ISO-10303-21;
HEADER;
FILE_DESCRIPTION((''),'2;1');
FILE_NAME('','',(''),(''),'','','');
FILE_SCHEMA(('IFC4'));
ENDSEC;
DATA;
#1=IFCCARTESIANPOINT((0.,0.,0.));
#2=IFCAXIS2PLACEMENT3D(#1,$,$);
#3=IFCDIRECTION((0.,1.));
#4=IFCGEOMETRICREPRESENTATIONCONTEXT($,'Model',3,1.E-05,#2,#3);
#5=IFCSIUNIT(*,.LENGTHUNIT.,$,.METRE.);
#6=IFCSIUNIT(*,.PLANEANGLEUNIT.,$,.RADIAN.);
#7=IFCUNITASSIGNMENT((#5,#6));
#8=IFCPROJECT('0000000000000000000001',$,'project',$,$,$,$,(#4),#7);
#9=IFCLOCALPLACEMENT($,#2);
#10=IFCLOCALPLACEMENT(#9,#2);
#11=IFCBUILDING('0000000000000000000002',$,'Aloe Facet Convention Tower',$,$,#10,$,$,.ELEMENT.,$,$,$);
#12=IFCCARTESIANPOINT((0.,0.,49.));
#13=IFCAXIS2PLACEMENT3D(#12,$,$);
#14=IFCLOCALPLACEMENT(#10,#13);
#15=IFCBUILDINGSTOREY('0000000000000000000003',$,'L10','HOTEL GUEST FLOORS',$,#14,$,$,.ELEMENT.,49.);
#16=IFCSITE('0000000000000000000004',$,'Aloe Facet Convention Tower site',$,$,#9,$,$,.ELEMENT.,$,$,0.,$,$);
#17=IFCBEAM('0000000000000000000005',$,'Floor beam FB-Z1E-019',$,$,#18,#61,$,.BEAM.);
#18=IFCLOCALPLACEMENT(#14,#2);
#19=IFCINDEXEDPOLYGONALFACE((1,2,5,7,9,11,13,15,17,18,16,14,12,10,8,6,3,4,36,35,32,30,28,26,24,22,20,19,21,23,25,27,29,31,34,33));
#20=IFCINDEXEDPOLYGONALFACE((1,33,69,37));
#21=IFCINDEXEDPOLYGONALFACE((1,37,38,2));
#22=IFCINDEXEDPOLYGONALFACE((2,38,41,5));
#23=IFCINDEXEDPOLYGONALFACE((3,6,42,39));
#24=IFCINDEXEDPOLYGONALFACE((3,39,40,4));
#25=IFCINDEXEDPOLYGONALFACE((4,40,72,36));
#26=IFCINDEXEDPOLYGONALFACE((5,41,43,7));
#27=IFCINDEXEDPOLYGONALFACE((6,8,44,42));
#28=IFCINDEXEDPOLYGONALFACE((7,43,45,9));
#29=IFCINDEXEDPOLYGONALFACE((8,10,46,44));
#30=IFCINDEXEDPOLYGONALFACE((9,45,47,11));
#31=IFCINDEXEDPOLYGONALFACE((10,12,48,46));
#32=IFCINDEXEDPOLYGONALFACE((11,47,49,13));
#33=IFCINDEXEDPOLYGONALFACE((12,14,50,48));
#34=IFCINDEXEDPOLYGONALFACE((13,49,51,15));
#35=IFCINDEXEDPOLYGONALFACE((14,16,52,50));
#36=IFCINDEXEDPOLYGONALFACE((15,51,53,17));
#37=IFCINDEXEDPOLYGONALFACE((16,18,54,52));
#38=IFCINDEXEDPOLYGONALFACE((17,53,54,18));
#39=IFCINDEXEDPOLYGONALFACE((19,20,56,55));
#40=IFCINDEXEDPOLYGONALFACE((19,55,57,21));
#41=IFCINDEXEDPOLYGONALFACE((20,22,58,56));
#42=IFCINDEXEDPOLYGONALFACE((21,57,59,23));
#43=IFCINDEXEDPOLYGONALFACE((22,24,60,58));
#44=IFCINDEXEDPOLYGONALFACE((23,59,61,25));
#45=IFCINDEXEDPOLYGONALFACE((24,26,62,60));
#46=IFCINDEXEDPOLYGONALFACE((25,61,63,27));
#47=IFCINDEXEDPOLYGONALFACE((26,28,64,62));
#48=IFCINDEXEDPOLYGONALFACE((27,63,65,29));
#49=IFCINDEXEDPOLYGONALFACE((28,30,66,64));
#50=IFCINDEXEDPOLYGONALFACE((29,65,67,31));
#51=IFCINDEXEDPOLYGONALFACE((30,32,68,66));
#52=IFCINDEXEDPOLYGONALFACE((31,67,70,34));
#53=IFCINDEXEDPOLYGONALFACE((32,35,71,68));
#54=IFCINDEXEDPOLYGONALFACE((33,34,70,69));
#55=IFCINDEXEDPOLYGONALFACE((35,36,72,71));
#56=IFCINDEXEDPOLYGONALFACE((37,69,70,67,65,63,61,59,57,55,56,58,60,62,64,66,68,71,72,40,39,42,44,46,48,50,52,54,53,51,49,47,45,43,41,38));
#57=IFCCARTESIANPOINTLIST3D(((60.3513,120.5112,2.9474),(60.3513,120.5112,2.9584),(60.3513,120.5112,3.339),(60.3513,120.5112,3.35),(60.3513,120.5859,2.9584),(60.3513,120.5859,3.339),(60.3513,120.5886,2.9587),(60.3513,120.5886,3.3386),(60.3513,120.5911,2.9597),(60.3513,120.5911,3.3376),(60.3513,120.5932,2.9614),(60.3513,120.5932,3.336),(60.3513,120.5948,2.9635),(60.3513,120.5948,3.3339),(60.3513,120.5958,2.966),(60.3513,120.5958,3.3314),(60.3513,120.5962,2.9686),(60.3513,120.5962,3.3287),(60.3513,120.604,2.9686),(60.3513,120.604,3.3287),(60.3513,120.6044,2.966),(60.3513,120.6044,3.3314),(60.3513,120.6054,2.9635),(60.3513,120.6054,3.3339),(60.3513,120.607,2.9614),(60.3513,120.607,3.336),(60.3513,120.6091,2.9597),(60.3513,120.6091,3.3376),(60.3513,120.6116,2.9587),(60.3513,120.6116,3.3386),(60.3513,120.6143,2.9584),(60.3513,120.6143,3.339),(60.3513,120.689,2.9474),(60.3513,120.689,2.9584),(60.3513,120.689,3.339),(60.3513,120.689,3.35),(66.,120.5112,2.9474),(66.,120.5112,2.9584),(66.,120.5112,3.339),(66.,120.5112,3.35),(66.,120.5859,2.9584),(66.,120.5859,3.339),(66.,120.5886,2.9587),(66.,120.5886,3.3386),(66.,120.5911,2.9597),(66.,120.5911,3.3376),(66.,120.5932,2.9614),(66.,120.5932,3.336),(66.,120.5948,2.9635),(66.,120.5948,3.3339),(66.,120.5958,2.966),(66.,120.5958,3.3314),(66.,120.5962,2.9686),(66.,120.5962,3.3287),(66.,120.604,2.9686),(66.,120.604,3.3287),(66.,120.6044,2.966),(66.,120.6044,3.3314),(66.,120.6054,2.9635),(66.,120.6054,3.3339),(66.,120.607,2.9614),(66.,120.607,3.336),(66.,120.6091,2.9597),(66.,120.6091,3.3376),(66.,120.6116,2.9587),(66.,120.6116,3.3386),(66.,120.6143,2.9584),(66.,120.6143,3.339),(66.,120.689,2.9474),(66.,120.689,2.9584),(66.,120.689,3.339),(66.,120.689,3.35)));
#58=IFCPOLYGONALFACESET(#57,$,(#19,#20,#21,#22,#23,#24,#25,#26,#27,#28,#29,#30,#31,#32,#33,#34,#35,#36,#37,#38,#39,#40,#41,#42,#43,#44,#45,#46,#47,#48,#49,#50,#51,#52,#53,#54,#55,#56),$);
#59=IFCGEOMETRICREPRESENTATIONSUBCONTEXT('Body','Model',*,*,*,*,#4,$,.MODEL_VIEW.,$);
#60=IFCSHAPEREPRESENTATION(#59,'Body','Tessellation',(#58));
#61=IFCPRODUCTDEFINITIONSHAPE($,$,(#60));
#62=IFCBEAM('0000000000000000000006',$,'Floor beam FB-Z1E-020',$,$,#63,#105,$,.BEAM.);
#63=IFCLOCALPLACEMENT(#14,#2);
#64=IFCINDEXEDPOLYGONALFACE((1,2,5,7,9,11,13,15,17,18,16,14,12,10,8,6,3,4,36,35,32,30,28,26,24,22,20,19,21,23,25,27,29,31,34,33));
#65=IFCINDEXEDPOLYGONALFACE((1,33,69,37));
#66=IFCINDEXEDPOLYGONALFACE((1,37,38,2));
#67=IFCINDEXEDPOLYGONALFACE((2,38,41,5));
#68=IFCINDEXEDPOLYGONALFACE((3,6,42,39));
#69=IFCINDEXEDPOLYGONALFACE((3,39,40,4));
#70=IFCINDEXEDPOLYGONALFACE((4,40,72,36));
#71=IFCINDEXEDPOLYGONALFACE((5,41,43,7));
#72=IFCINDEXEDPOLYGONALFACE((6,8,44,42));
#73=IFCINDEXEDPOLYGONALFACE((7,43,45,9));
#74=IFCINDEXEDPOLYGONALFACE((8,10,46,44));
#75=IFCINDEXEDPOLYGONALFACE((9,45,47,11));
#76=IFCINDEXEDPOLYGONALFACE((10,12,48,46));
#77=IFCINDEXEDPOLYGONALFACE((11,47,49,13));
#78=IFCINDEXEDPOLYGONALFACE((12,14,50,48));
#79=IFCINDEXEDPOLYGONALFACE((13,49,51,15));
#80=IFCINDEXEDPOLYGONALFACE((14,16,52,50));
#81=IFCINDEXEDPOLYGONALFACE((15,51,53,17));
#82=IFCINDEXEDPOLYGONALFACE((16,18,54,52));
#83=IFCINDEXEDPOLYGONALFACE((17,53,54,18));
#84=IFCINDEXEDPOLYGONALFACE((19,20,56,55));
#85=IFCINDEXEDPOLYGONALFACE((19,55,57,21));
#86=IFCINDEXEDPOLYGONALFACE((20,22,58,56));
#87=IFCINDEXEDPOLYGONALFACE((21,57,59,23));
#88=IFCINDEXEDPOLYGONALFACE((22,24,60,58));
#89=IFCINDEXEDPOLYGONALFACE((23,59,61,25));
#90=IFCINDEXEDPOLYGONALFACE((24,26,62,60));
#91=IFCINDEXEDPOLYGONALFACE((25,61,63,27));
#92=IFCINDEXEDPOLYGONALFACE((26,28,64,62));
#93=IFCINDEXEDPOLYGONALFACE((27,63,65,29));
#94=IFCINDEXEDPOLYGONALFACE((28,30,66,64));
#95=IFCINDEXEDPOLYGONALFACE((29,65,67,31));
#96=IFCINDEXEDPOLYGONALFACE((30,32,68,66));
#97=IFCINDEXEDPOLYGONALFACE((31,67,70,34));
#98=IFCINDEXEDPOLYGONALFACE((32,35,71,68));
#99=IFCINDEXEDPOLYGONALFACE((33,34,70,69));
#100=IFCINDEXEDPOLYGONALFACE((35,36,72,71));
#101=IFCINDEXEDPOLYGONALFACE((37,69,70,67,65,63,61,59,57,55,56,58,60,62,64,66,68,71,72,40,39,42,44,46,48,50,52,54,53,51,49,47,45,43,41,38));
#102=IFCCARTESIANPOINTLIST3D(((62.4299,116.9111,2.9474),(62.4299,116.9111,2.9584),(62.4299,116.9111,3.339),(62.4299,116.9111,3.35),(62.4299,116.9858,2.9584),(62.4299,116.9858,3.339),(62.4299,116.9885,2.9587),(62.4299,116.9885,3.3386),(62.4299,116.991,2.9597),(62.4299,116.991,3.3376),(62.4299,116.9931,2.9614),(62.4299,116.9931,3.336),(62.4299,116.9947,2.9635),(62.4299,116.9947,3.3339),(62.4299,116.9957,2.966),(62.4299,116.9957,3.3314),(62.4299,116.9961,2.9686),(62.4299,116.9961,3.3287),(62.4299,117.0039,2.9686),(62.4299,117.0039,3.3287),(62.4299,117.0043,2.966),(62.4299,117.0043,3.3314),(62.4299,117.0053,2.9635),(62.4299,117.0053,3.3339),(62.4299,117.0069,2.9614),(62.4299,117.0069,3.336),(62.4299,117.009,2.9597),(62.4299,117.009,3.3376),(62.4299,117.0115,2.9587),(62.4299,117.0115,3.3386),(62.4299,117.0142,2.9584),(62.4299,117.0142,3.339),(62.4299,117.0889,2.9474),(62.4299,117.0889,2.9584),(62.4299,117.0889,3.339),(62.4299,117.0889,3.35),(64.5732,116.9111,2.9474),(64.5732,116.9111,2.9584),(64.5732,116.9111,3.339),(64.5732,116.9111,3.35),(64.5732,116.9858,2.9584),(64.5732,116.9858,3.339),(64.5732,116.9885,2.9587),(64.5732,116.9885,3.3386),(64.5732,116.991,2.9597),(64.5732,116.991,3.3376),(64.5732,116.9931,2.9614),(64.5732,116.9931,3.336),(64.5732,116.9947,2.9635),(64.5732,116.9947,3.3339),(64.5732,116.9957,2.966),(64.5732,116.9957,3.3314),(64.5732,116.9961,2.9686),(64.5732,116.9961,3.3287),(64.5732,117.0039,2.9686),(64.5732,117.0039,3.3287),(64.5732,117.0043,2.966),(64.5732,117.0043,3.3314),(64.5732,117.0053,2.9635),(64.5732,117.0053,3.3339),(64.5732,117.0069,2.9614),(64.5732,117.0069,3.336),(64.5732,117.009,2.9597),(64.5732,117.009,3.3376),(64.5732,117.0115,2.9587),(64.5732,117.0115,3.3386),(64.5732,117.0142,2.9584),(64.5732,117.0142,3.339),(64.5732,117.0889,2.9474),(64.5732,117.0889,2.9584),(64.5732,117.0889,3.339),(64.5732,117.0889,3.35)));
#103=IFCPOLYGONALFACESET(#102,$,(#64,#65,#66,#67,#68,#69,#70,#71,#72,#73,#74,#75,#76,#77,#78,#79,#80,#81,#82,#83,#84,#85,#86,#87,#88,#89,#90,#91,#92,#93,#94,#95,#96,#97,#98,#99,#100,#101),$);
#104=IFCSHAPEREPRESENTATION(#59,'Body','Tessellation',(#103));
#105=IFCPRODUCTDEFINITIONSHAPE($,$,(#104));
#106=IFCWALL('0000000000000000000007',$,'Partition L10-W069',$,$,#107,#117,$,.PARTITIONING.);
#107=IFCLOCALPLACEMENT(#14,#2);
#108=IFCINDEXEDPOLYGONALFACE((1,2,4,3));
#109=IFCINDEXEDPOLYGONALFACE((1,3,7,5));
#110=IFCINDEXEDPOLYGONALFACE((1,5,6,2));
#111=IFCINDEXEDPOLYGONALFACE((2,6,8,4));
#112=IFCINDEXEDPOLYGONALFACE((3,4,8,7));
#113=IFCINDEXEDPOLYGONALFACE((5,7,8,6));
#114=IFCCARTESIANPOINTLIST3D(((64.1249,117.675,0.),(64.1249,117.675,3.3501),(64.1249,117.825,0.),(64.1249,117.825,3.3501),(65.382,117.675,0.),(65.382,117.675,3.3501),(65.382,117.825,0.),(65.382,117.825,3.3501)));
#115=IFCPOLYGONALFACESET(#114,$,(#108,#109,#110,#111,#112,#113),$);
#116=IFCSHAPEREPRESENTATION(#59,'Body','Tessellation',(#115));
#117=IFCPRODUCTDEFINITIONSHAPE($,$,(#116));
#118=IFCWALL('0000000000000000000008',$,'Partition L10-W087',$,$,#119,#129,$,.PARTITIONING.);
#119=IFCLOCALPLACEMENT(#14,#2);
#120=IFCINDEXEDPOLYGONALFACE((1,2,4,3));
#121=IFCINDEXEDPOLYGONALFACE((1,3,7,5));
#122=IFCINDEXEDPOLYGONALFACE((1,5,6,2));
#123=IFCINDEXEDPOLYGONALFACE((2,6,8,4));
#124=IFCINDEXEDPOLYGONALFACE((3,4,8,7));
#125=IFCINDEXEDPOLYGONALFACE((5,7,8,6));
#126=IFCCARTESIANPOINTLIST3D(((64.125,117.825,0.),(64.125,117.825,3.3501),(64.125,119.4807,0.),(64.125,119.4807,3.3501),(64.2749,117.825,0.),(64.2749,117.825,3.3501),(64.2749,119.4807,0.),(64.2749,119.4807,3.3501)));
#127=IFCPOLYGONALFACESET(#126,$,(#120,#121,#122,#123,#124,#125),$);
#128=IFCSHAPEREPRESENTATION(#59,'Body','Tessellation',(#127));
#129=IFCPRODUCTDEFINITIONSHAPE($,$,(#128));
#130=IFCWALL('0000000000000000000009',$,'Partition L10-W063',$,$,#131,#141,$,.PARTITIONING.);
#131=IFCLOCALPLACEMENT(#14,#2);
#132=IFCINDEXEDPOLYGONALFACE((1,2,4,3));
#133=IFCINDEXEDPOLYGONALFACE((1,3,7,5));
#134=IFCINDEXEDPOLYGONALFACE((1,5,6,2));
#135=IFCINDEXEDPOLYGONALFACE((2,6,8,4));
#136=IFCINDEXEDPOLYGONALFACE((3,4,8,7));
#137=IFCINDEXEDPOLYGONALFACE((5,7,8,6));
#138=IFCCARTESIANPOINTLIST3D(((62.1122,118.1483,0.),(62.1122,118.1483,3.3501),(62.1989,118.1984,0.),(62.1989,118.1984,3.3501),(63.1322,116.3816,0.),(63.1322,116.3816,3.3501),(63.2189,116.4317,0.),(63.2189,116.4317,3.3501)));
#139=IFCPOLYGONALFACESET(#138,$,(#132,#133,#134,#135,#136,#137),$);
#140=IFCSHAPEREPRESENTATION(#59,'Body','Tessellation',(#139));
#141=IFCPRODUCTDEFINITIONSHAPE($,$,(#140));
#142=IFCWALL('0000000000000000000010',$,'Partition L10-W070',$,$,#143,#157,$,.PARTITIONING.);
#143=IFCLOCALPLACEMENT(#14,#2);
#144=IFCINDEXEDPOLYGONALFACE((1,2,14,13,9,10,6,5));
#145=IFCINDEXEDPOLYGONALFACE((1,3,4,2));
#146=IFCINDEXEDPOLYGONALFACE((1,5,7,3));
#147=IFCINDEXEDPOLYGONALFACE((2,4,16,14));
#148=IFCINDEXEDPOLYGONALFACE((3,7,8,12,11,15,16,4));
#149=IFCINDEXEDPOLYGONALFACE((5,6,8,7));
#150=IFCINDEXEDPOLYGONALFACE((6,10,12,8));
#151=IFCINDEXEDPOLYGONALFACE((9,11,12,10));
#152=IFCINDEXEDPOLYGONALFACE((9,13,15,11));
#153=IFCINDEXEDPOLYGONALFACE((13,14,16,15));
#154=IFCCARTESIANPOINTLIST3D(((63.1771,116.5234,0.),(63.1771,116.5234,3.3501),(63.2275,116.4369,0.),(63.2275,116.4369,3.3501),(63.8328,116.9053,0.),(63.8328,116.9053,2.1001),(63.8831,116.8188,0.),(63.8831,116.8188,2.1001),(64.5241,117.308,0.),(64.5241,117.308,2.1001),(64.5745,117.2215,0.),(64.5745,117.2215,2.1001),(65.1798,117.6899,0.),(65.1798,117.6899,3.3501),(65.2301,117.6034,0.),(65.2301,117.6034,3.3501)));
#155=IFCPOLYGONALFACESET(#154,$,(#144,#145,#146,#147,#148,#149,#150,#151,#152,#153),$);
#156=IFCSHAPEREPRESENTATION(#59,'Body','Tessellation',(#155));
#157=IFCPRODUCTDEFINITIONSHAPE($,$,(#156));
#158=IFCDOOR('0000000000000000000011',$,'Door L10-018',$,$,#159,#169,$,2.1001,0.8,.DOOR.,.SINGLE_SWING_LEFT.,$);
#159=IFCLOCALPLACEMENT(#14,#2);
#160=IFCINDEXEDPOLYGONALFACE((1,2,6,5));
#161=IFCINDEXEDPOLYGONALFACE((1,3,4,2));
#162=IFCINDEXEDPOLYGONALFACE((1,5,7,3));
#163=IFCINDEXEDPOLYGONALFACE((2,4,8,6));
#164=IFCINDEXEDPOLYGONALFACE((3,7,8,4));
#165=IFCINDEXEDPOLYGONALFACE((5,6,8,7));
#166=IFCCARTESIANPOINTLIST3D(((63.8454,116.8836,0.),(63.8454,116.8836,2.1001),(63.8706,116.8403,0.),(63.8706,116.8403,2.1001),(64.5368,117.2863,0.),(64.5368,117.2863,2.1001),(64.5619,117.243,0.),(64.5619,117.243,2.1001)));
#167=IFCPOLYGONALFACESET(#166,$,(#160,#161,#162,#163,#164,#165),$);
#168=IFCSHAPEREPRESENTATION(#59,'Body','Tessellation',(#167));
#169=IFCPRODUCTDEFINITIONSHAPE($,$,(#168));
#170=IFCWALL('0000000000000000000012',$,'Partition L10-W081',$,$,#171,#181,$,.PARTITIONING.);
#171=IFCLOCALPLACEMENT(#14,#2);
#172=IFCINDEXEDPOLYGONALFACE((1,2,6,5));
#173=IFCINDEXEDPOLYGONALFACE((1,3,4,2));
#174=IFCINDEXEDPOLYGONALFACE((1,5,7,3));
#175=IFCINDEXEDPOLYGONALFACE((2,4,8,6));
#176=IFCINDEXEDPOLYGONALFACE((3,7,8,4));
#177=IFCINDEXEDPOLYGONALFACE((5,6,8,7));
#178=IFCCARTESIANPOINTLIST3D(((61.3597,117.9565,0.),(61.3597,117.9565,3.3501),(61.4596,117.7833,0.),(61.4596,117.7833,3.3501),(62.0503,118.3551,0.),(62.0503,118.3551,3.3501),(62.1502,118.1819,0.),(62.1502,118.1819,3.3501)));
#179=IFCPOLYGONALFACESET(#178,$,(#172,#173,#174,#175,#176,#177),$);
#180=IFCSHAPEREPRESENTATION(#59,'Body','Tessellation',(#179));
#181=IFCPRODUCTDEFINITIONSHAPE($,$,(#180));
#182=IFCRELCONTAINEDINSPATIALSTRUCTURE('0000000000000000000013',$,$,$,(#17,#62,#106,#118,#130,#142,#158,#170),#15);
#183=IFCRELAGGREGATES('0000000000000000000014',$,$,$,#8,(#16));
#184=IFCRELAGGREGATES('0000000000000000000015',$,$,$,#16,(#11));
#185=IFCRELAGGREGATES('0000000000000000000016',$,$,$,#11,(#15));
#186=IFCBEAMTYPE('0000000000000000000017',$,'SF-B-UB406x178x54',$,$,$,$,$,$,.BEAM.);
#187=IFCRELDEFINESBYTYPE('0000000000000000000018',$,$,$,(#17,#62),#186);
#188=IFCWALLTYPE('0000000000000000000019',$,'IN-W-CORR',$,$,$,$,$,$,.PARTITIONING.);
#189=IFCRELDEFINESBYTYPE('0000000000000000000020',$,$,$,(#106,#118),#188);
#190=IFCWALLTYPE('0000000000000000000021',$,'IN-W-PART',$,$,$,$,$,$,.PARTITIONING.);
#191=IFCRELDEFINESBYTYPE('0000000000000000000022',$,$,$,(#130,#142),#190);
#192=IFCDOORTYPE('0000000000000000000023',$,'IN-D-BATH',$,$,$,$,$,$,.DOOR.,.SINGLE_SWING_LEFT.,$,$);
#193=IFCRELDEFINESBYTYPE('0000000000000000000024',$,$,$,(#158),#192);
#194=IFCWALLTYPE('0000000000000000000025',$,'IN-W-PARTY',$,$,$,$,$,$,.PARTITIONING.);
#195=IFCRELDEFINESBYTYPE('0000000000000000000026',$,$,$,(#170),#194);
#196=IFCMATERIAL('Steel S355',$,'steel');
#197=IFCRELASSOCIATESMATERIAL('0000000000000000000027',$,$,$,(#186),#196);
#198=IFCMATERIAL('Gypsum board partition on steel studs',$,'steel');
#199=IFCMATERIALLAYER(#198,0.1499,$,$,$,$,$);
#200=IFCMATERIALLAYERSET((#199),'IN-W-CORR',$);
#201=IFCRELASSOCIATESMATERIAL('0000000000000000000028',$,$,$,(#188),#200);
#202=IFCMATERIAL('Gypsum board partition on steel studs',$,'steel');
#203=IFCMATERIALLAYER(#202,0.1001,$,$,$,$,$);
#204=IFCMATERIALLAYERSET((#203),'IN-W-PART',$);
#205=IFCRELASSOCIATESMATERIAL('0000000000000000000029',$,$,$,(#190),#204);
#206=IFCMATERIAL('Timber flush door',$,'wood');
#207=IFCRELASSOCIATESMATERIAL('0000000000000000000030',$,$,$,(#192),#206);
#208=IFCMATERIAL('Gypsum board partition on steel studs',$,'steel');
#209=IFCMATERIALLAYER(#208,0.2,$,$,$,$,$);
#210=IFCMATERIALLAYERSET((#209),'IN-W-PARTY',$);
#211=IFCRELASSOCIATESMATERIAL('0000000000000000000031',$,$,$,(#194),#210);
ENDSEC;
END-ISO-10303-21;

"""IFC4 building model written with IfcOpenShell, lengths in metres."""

from ifc_helpers import new_model, si_unit, direction, frame, frame_2d, origin, origin_2d, place, context, subcontext, project, spatial, rectangle, i_section, extrude, material, layer, layer_set, material_profile, profile_set, type_object, element, fill, save


model = new_model("IFC4")

# Units and contexts
model_context = context("Model", 3, precision=1e-05, world=origin(), true_north=direction((0.0, 1.0)))
body_context = subcontext(model_context, "Body", "Model", "MODEL_VIEW")
ifc_project = project(units=[si_unit("LENGTHUNIT", "METRE"), si_unit("PLANEANGLEUNIT", "RADIAN")], contexts=[model_context])

# Site, building, storey
site_placement = place(None, origin())
site = spatial("IfcSite", under=ifc_project, at=site_placement, Name="Aloe Facet Convention Tower site", CompositionType="ELEMENT", RefElevation=0.0)
building_placement = place(site_placement, origin())
building = spatial("IfcBuilding", under=site, at=building_placement, Name="Aloe Facet Convention Tower", CompositionType="ELEMENT")
storey_placement = place(building_placement, frame((0.0, 0.0, 49.0)))
storey = spatial("IfcBuildingStorey", under=building, at=storey_placement, Name="L10", Description="HOTEL GUEST FLOORS", CompositionType="ELEMENT", Elevation=49.0)

# Beams
ifc_material_1 = material(Name="Steel S355", Category="steel")
ifc_material_profile = material_profile(ifc_material_1, i_section(OverallWidth=0.1777, OverallDepth=0.4026, WebThickness=0.0078, FlangeThickness=0.011, FilletRadius=0.0103, at=origin_2d()), Name="UB 406x178x54")
ifc_profile_set = profile_set([ifc_material_profile], Name="Steel S355")
beam_type = type_object("IfcBeamType", Name="SF-B-UB406x178x54", PredefinedType="BEAM", material=ifc_profile_set)
beam_1_placement = place(storey_placement, frame((60.3513, 120.6001, 3.1487), z_axis=(1.0, 0.0, 0.0), x_axis=(0.0, 1.0, 0.0)))
element("IfcBeam", 1, at=beam_1_placement, inside=storey, type_object=beam_type, Name="Floor beam FB-Z1E-019", PredefinedType="BEAM", context=body_context, shape_type="SweptSolid", body=[
    extrude(i_section(OverallWidth=0.1777, OverallDepth=0.4026, WebThickness=0.0078, FlangeThickness=0.011, FilletRadius=0.0103, at=origin_2d()), origin(), (0.0, 0.0, 1.0), 5.6487),
])
beam_2_placement = place(storey_placement, frame((62.4299, 117.0, 3.1487), z_axis=(1.0, 0.0, 0.0), x_axis=(0.0, 1.0, 0.0)))
element("IfcBeam", 2, at=beam_2_placement, inside=storey, type_object=beam_type, Name="Floor beam FB-Z1E-020", PredefinedType="BEAM", context=body_context, shape_type="SweptSolid", body=[
    extrude(i_section(OverallWidth=0.1777, OverallDepth=0.4026, WebThickness=0.0078, FlangeThickness=0.011, FilletRadius=0.0103, at=origin_2d()), origin(), (0.0, 0.0, 1.0), 2.1433),
])

# Walls
ifc_material_2 = material(Name="Gypsum board partition on steel studs", Category="steel")
ifc_layer_1 = layer(ifc_material_2, 0.1499)
ifc_layer_set_1 = layer_set([ifc_layer_1], Name="IN-W-CORR")
wall_type_1 = type_object("IfcWallType", Name="IN-W-CORR", PredefinedType="PARTITIONING", material=ifc_layer_set_1)
wall_1_placement = place(storey_placement, frame((64.125, 117.75, 0.0), z_axis=(0.0, 0.0, 1.0), x_axis=(1.0, 0.0, 0.0)))
element("IfcWall", 3, at=wall_1_placement, inside=storey, type_object=wall_type_1, Name="Partition L10-W069", PredefinedType="PARTITIONING", context=body_context, shape_type="SweptSolid", body=[
    extrude(rectangle(XDim=1.2571, YDim=0.1499, at=frame_2d((0.6284, 0.0))), origin(), (0.0, 0.0, 1.0), 3.3501),
])
wall_2_placement = place(storey_placement, frame((64.2, 117.825, 0.0), z_axis=(0.0, 0.0, 1.0), x_axis=(0.0, 1.0, 0.0)))
element("IfcWall", 4, at=wall_2_placement, inside=storey, type_object=wall_type_1, Name="Partition L10-W087", PredefinedType="PARTITIONING", context=body_context, shape_type="SweptSolid", body=[
    extrude(rectangle(XDim=1.6558, YDim=0.1499, at=frame_2d((0.8279, 0.0))), origin(), (0.0, 0.0, 1.0), 3.3501),
])
ifc_material_3 = material(Name="Gypsum board partition on steel studs", Category="steel")
ifc_layer_2 = layer(ifc_material_3, 0.1001)
ifc_layer_set_2 = layer_set([ifc_layer_2], Name="IN-W-PART")
wall_type_2 = type_object("IfcWallType", Name="IN-W-PART", PredefinedType="PARTITIONING", material=ifc_layer_set_2)
wall_3_placement = place(storey_placement, frame((62.1555, 118.1733, 0.0), z_axis=(0.0, 0.0, 1.0), x_axis=(0.500026, -0.86601, 0.0)))
element("IfcWall", 5, at=wall_3_placement, inside=storey, type_object=wall_type_2, Name="Partition L10-W063", PredefinedType="PARTITIONING", context=body_context, shape_type="SweptSolid", body=[
    extrude(rectangle(XDim=2.04, YDim=0.1001, at=frame_2d((1.02, 0.0))), origin(), (0.0, 0.0, 1.0), 3.3501),
])

# Wall, opening, door
wall_4_placement = place(storey_placement, frame((63.2024, 116.4802, 0.0), z_axis=(0.0, 0.0, 1.0), x_axis=(0.864103, 0.503314, 0.0)))
wall_4 = element("IfcWall", 6, at=wall_4_placement, inside=storey, type_object=wall_type_2, Name="Partition L10-W070", PredefinedType="PARTITIONING", context=body_context, shape_type="SweptSolid", body=[
    extrude(rectangle(XDim=2.3176, YDim=0.1001, at=frame_2d((1.1587, 0.0))), origin(), (0.0, 0.0, 1.0), 3.3501),
])
opening_placement = place(wall_4_placement, frame((0.7588, 0.0, 0.0)))
opening = element("IfcOpeningElement", 7, at=opening_placement, cuts=wall_4, PredefinedType="OPENING", context=body_context, shape_type="SweptSolid", body=[
    extrude(rectangle(XDim=0.8, YDim=2.1001, at=frame_2d((0.3999, 1.05))), frame((0.0, 0.0601, 0.0), z_axis=(0.0, -1.0, 0.0), x_axis=(1.0, 0.0, 0.0)), (0.0, 0.0, 1.0), 0.1201),
])
ifc_material_4 = material(Name="Timber flush door", Category="wood")
door_type = type_object("IfcDoorType", Name="IN-D-BATH", OperationType="SINGLE_SWING_LEFT", PredefinedType="DOOR", material=ifc_material_4)
door_placement = place(opening_placement, origin())
door = element("IfcDoor", 8, at=door_placement, inside=storey, type_object=door_type, Name="Door L10-018", OperationType="SINGLE_SWING_LEFT", OverallHeight=2.1001, OverallWidth=0.8, PredefinedType="DOOR", context=body_context, shape_type="SweptSolid", body=[
    extrude(rectangle(XDim=0.8, YDim=2.1001, at=frame_2d((0.3999, 1.05))), frame((0.0, 0.0249, 0.0), z_axis=(0.0, -1.0, 0.0), x_axis=(1.0, 0.0, 0.0)), (0.0, 0.0, 1.0), 0.05),
])
fill(opening, door)

# Wall
ifc_material_5 = material(Name="Gypsum board partition on steel studs", Category="steel")
ifc_layer_3 = layer(ifc_material_5, 0.2)
ifc_layer_set_3 = layer_set([ifc_layer_3], Name="IN-W-PARTY")
wall_type_3 = type_object("IfcWallType", Name="IN-W-PARTY", PredefinedType="PARTITIONING", material=ifc_layer_set_3)
wall_5_placement = place(storey_placement, frame((61.4097, 117.8699, 0.0), z_axis=(0.0, 0.0, 1.0), x_axis=(0.866068, 0.499926, 0.0)))
element("IfcWall", 9, at=wall_5_placement, inside=storey, type_object=wall_type_3, Name="Partition L10-W081", PredefinedType="PARTITIONING", context=body_context, shape_type="SweptSolid", body=[
    extrude(rectangle(XDim=0.7974, YDim=0.2, at=frame_2d((0.3987, 0.0))), origin(), (0.0, 0.0, 1.0), 3.3501),
])

save(model, "model.ifc")
